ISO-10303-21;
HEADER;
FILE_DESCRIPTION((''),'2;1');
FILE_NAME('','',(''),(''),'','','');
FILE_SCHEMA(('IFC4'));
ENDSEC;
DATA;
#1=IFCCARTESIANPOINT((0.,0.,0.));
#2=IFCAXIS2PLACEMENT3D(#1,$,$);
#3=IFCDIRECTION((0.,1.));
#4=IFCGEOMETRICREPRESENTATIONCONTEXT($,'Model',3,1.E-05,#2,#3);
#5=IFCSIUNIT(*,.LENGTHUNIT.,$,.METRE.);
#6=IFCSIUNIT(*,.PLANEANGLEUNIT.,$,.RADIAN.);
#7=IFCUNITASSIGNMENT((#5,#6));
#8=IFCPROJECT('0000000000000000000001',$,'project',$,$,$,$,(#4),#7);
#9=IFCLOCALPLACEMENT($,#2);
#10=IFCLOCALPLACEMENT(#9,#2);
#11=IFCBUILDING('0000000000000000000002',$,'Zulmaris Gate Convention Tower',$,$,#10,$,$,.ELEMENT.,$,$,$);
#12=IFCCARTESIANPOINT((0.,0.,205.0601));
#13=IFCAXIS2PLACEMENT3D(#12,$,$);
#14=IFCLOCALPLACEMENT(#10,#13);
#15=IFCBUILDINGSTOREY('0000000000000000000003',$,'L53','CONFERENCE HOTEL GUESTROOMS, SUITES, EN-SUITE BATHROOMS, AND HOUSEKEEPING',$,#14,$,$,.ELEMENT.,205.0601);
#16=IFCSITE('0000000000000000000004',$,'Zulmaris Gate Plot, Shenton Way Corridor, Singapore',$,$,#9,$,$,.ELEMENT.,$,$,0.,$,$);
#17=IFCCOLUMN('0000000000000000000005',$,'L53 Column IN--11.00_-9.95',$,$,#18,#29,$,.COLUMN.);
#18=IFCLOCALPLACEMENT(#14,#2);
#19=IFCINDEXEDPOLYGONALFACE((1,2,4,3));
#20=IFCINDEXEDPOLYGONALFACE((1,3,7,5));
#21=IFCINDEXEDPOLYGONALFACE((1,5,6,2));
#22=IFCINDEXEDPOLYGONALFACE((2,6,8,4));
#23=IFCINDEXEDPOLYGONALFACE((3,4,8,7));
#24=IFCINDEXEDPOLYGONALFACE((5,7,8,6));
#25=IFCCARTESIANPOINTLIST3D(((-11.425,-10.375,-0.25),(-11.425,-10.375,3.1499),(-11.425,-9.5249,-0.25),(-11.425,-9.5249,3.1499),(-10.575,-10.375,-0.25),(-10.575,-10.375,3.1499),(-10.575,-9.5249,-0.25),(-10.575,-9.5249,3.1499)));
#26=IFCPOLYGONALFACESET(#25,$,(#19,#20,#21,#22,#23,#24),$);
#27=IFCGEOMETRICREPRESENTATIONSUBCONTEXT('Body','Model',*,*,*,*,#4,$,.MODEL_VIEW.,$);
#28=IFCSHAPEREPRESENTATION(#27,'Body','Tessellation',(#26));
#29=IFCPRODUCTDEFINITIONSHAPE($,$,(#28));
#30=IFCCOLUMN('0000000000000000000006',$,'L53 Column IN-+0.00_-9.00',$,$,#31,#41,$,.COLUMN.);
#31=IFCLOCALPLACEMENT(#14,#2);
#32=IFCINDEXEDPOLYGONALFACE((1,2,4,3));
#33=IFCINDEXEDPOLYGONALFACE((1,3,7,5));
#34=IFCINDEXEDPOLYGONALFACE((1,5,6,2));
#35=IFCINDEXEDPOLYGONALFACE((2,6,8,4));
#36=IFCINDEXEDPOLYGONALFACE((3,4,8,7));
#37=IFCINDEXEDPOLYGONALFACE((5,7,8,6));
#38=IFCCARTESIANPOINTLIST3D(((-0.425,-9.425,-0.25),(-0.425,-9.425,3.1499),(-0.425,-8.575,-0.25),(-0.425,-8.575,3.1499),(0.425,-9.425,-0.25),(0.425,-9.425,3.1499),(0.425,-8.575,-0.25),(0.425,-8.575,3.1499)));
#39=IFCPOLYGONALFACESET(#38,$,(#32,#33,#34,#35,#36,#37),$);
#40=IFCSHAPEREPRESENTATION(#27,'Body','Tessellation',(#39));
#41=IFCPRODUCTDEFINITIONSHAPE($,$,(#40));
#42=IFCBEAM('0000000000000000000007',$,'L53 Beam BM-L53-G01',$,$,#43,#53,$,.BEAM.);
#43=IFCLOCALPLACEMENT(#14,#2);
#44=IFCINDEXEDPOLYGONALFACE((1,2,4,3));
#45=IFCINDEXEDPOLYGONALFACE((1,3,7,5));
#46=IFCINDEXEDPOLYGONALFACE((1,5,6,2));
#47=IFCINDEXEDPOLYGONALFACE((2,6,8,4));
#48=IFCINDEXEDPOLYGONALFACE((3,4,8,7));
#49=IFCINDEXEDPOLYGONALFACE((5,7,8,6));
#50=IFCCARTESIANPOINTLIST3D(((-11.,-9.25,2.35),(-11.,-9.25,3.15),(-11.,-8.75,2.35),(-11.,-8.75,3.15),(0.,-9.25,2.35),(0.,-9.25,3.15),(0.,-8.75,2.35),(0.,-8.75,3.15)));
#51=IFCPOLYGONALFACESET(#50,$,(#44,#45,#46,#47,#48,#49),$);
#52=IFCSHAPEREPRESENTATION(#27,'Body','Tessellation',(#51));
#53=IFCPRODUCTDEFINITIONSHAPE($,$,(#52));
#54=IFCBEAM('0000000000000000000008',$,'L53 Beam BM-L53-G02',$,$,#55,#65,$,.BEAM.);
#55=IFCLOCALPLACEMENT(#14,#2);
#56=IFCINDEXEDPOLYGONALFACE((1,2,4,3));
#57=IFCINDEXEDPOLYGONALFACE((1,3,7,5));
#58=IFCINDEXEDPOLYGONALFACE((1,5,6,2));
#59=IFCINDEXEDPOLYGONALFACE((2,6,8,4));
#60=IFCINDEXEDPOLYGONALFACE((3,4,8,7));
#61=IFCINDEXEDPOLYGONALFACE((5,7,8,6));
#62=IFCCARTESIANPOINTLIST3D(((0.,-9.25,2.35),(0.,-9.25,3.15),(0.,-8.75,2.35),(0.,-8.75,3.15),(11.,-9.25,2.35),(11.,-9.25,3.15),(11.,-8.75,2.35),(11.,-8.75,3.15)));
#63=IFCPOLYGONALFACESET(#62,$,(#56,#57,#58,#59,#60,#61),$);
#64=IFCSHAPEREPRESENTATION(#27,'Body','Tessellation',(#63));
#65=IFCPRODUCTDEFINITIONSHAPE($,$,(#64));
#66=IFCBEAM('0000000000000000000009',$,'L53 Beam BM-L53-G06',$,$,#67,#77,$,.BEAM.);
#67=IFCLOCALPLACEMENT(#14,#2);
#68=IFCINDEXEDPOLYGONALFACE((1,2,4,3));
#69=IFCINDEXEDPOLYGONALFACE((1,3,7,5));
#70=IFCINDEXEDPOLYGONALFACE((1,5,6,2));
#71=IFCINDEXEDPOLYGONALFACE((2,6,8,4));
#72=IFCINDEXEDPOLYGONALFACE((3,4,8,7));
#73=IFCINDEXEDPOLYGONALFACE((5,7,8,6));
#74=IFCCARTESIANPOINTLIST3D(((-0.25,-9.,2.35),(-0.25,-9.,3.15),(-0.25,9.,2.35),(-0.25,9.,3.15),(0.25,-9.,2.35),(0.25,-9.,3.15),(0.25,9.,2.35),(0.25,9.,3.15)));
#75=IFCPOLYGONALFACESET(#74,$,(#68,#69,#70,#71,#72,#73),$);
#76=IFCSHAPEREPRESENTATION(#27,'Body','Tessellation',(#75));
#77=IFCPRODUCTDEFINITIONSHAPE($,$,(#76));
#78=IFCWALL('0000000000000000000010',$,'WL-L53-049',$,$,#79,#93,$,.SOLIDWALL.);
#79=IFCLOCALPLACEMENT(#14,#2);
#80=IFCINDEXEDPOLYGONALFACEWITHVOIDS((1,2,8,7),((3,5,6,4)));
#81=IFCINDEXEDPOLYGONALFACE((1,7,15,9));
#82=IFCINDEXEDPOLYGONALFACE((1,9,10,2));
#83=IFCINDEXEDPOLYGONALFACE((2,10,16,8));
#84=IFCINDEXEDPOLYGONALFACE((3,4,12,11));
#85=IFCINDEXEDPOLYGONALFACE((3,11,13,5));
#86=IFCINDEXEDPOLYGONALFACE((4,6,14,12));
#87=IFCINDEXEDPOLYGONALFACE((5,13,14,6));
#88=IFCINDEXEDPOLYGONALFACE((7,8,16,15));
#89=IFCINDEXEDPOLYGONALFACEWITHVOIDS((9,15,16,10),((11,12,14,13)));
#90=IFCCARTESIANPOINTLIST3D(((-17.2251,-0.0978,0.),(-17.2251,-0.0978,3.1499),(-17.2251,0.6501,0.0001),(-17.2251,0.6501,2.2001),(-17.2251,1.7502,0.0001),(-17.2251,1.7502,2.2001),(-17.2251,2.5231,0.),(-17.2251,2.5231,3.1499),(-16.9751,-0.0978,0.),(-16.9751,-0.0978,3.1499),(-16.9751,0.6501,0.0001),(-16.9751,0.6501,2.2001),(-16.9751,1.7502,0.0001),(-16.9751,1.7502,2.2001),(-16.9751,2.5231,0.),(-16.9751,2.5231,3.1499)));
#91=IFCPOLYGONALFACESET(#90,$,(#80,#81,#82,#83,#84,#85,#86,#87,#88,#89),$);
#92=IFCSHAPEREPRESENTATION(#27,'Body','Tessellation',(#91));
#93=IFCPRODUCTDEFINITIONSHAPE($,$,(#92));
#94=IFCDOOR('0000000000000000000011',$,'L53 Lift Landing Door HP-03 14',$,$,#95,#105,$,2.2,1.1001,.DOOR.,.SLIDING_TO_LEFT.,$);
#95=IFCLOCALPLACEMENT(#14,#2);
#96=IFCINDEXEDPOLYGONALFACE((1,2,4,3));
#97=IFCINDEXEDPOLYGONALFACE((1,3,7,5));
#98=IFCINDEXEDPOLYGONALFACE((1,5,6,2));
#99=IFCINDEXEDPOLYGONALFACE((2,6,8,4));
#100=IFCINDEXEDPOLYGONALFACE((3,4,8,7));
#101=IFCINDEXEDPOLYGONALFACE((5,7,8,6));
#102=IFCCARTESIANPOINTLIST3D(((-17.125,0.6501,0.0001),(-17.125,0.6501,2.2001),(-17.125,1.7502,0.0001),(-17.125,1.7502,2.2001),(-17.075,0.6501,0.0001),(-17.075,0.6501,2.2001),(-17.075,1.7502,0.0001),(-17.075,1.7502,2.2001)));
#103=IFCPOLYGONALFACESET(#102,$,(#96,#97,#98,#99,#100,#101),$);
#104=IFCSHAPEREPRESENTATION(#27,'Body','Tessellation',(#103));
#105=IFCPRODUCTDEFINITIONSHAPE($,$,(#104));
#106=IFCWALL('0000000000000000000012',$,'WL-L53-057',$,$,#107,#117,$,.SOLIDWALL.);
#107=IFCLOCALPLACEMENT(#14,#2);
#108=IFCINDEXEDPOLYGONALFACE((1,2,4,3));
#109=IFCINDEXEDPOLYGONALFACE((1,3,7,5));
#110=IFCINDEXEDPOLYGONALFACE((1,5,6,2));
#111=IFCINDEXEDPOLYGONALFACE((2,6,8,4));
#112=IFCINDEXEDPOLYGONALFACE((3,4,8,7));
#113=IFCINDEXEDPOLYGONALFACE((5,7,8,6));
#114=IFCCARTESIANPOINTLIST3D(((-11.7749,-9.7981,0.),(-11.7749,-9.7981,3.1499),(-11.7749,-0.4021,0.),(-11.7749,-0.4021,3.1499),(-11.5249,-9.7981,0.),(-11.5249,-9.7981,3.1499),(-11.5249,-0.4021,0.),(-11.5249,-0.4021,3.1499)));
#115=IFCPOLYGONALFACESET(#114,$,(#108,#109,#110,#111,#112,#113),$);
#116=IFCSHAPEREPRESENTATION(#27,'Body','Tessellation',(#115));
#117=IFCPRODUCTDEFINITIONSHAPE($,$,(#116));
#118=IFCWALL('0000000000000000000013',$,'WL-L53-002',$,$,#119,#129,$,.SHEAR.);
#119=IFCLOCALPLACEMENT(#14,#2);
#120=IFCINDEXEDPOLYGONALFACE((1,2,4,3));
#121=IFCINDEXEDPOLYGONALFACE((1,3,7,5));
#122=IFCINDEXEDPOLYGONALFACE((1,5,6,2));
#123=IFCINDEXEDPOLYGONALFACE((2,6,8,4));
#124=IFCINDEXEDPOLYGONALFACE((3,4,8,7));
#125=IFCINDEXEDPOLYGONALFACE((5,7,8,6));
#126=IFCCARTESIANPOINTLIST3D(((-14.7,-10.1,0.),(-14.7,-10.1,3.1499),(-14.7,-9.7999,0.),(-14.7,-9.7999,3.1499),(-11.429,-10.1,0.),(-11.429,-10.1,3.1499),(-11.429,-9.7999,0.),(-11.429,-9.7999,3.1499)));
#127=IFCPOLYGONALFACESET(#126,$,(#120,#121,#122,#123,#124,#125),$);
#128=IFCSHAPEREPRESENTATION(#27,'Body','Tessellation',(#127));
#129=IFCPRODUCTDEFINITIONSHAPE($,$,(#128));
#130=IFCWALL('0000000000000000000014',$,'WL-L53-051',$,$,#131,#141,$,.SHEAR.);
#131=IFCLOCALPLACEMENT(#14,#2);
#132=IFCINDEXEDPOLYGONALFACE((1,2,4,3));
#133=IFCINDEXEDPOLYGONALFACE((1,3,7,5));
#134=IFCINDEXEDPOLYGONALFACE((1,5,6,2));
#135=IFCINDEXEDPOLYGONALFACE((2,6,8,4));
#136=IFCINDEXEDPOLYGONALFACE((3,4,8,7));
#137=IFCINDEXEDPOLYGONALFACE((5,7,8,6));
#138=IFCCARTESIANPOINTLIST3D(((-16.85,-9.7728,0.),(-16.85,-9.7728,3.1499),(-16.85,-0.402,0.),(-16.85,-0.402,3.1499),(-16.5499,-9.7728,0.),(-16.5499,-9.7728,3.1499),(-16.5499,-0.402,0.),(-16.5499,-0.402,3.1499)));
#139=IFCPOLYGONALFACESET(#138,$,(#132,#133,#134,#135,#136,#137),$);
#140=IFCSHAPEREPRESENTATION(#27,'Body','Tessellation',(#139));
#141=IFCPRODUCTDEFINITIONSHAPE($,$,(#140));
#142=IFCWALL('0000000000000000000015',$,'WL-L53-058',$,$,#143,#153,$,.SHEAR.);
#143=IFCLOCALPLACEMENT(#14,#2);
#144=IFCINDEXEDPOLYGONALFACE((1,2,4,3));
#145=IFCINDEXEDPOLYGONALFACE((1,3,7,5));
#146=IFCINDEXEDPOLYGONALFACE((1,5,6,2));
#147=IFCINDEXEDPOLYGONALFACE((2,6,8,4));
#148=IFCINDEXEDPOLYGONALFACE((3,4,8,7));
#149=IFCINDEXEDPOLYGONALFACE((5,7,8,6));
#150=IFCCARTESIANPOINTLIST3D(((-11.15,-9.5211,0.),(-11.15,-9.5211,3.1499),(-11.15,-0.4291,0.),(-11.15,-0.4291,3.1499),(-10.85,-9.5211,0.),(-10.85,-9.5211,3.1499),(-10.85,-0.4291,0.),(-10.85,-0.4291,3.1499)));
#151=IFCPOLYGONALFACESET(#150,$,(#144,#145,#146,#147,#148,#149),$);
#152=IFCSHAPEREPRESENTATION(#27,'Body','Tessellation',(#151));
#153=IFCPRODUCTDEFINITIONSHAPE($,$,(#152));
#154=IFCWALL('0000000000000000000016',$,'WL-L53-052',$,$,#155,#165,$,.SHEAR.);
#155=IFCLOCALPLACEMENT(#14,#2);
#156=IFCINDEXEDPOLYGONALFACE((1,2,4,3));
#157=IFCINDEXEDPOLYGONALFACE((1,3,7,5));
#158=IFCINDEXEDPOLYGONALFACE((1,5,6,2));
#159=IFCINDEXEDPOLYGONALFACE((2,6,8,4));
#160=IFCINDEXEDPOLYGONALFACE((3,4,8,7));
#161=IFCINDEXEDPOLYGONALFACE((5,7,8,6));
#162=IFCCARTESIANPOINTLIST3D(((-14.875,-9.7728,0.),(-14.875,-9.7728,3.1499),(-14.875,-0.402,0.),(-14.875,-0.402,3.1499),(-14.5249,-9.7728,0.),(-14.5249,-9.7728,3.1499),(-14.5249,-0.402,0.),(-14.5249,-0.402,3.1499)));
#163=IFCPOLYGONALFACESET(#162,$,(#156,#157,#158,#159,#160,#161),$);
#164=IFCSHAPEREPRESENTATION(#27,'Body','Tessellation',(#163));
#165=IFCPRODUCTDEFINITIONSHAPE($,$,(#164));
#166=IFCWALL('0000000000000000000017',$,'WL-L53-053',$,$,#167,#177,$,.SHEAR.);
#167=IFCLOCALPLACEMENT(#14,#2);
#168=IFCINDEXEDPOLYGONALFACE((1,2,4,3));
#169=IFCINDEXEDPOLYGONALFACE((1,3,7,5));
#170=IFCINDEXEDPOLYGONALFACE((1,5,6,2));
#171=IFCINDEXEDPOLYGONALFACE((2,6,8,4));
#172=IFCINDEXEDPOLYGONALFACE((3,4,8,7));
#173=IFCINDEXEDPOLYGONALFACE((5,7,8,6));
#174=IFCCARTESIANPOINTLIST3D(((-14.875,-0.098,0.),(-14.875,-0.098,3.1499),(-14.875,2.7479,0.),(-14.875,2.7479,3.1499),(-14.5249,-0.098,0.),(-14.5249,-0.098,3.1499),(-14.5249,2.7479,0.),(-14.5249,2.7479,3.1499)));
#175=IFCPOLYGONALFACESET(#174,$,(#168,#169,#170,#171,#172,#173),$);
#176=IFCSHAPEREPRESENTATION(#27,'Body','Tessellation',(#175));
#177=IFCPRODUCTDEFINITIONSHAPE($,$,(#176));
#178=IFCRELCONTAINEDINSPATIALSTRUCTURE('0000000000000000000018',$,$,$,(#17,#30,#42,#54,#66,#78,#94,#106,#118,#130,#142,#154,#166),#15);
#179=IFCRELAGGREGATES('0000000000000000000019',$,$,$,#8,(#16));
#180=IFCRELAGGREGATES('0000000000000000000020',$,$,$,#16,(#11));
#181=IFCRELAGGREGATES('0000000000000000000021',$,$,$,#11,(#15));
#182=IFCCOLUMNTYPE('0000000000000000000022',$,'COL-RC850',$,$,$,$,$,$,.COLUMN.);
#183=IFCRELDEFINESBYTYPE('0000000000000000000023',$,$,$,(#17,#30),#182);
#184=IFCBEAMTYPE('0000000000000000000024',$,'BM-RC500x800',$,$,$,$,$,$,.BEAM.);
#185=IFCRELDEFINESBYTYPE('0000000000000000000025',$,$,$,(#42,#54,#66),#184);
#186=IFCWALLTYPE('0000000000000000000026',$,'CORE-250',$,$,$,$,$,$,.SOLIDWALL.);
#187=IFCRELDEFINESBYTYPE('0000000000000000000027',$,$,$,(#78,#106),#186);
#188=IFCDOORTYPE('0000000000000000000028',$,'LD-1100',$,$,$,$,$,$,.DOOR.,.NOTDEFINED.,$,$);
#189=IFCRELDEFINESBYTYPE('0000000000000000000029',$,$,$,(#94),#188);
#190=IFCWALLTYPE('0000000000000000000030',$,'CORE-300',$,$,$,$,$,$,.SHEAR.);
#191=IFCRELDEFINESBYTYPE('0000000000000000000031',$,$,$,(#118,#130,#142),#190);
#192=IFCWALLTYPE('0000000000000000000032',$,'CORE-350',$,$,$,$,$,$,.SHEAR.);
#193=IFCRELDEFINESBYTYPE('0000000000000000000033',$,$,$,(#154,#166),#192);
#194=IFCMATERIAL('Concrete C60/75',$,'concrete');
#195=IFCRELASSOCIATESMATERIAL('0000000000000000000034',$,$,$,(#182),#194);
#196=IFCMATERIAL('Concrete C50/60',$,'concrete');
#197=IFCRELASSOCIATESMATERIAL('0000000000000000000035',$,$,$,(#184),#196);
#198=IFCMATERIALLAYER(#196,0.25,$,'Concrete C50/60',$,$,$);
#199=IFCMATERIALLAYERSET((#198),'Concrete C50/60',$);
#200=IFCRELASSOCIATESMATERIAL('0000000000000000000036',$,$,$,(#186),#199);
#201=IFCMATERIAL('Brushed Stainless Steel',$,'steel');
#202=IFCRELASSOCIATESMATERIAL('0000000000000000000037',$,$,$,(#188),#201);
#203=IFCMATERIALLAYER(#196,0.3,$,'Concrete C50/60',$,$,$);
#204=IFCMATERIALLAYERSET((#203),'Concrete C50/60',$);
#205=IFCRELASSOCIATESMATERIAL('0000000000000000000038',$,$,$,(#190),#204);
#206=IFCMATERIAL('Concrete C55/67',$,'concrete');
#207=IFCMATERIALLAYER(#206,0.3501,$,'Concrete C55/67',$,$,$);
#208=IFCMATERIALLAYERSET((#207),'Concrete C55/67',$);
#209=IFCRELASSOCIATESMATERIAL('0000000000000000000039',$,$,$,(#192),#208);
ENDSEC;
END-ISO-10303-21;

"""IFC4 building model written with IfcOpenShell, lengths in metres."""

from ifc_helpers import new_model, si_unit, direction, frame, frame_2d, origin, origin_2d, place, context, subcontext, project, spatial, rectangle, extrude, material, layer, layer_set, material_profile, profile_set, type_object, element, fill, save


model = new_model("IFC4")

# Units and contexts
model_context = context("Model", 3, precision=1e-05, world=origin(), true_north=direction((0.0, 1.0)))
body_context = subcontext(model_context, "Body", "Model", "MODEL_VIEW")
ifc_project = project(units=[si_unit("LENGTHUNIT", "METRE"), si_unit("PLANEANGLEUNIT", "RADIAN")], contexts=[model_context])

# Site, building, storey
site_placement = place(None, origin())
site = spatial("IfcSite", under=ifc_project, at=site_placement, Name="Zulmaris Gate Plot, Shenton Way Corridor, Singapore", CompositionType="ELEMENT", RefElevation=0.0)
building_placement = place(site_placement, origin())
building = spatial("IfcBuilding", under=site, at=building_placement, Name="Zulmaris Gate Convention Tower", CompositionType="ELEMENT")
storey_placement = place(building_placement, frame((0.0, 0.0, 205.0601)))
storey = spatial("IfcBuildingStorey", under=building, at=storey_placement, Name="L53", Description="CONFERENCE HOTEL GUESTROOMS, SUITES, EN-SUITE BATHROOMS, AND HOUSEKEEPING", CompositionType="ELEMENT", Elevation=205.0601)

# Columns
ifc_material_1 = material(Name="Concrete C60/75", Category="concrete")
ifc_material_profile_1 = material_profile(ifc_material_1, rectangle(XDim=0.8501, YDim=0.8501, at=origin_2d()), Name="RC COL 850x850")
ifc_profile_set_1 = profile_set([ifc_material_profile_1], Name="Concrete C60/75")
column_type = type_object("IfcColumnType", Name="COL-RC850", PredefinedType="COLUMN", material=ifc_profile_set_1)
for number, where, z_axis, x_axis, name in (
    (1, (-11.0, -9.95, -0.25), (0.0, 0.0, 1.0), (1.0, 0.0, 0.0), "L53 Column IN--11.00_-9.95"),
    (2, (0.0, -9.0, -0.25), (0.0, 0.0, 1.0), (1.0, 0.0, 0.0), "L53 Column IN-+0.00_-9.00"),
):
    element("IfcColumn", number, at=place(storey_placement, frame(where, z_axis=z_axis, x_axis=x_axis)), inside=storey, type_object=column_type, Name=name, PredefinedType="COLUMN", context=body_context, shape_type="SweptSolid", body=[
        extrude(rectangle(XDim=0.8501, YDim=0.8501, at=origin_2d()), origin(), (0.0, 0.0, 1.0), 3.3999),
    ])

# Beams
ifc_material_2 = material(Name="Concrete C50/60", Category="concrete")
ifc_material_profile_2 = material_profile(ifc_material_2, rectangle(XDim=0.5, YDim=0.8, at=origin_2d()), Name="RC BEAM 500x800")
ifc_profile_set_2 = profile_set([ifc_material_profile_2], Name="Concrete C50/60")
beam_type = type_object("IfcBeamType", Name="BM-RC500x800", PredefinedType="BEAM", material=ifc_profile_set_2)
for number, where, z_axis, x_axis, name in (
    (3, (-11.0, -9.0, 2.75), (1.0, 0.0, 0.0), (0.0, 1.0, 0.0), "L53 Beam BM-L53-G01"),
    (4, (0.0, -9.0, 2.75), (1.0, 0.0, 0.0), (0.0, 1.0, 0.0), "L53 Beam BM-L53-G02"),
):
    element("IfcBeam", number, at=place(storey_placement, frame(where, z_axis=z_axis, x_axis=x_axis)), inside=storey, type_object=beam_type, Name=name, PredefinedType="BEAM", context=body_context, shape_type="SweptSolid", body=[
        extrude(rectangle(XDim=0.5, YDim=0.8, at=origin_2d()), origin(), (0.0, 0.0, 1.0), 11.0),
    ])
beam_placement = place(storey_placement, frame((0.0, -9.0, 2.75), z_axis=(0.0, 1.0, 0.0), x_axis=(-1.0, 0.0, 0.0)))
element("IfcBeam", 5, at=beam_placement, inside=storey, type_object=beam_type, Name="L53 Beam BM-L53-G06", PredefinedType="BEAM", context=body_context, shape_type="SweptSolid", body=[
    extrude(rectangle(XDim=0.5, YDim=0.8, at=origin_2d()), origin(), (0.0, 0.0, 1.0), 18.0),
])

# Wall, opening, door
ifc_layer_1 = layer(ifc_material_2, 0.25, Name="Concrete C50/60")
ifc_layer_set_1 = layer_set([ifc_layer_1], Name="Concrete C50/60")
wall_type_1 = type_object("IfcWallType", Name="CORE-250", PredefinedType="SOLIDWALL", material=ifc_layer_set_1)
wall_1_placement = place(storey_placement, frame((-17.1001, -0.0979, 0.0), z_axis=(0.0, 0.0, 1.0), x_axis=(0.0, 1.0, 0.0)))
wall_1 = element("IfcWall", 6, at=wall_1_placement, inside=storey, type_object=wall_type_1, Name="WL-L53-049", PredefinedType="SOLIDWALL", context=body_context, shape_type="SweptSolid", body=[
    extrude(rectangle(XDim=2.6208, YDim=0.25, at=frame_2d((1.3105, 0.0))), origin(), (0.0, 0.0, 1.0), 3.1499),
])
opening_1_placement = place(wall_1_placement, frame((0.748, 0.0, 0.0)))
opening_1 = element("IfcOpeningElement", 7, at=opening_1_placement, cuts=wall_1, PredefinedType="OPENING", context=body_context, shape_type="SweptSolid", body=[
    extrude(rectangle(XDim=1.1001, YDim=2.2, at=frame_2d((0.55, 1.1001))), frame((0.0, 0.135, 0.0), z_axis=(0.0, -1.0, 0.0), x_axis=(1.0, 0.0, 0.0)), (0.0, 0.0, 1.0), 0.27),
])
ifc_material_3 = material(Name="Brushed Stainless Steel", Category="steel")
door_type_1 = type_object("IfcDoorType", Name="LD-1100", OperationType="NOTDEFINED", PredefinedType="DOOR", material=ifc_material_3)
door_1_placement = place(opening_1_placement, origin())
door_1 = element("IfcDoor", 8, at=door_1_placement, inside=storey, type_object=door_type_1, Name="L53 Lift Landing Door HP-03 14", OperationType="SLIDING_TO_LEFT", OverallHeight=2.2, OverallWidth=1.1001, PredefinedType="DOOR", context=body_context, shape_type="SweptSolid", body=[
    extrude(rectangle(XDim=1.1001, YDim=2.2, at=frame_2d((0.55, 1.1001))), frame((0.0, 0.0249, 0.0), z_axis=(0.0, -1.0, 0.0), x_axis=(1.0, 0.0, 0.0)), (0.0, 0.0, 1.0), 0.05),
])
fill(opening_1, door_1)

# Walls
wall_2_placement = place(storey_placement, frame((-11.6499, -9.7981, 0.0), z_axis=(0.0, 0.0, 1.0), x_axis=(0.0, 1.0, 0.0)))
element("IfcWall", 9, at=wall_2_placement, inside=storey, type_object=wall_type_1, Name="WL-L53-057", PredefinedType="SOLIDWALL", context=body_context, shape_type="SweptSolid", body=[
    extrude(rectangle(XDim=9.396, YDim=0.25, at=frame_2d((4.698, 0.0))), origin(), (0.0, 0.0, 1.0), 3.1499),
])
ifc_layer_2 = layer(ifc_material_2, 0.3, Name="Concrete C50/60")
ifc_layer_set_2 = layer_set([ifc_layer_2], Name="Concrete C50/60")
wall_type_2 = type_object("IfcWallType", Name="CORE-300", PredefinedType="SHEAR", material=ifc_layer_set_2)
wall_3_placement = place(storey_placement, frame((-14.7, -9.95, 0.0), z_axis=(0.0, 0.0, 1.0), x_axis=(1.0, 0.0, 0.0)))
element("IfcWall", 10, at=wall_3_placement, inside=storey, type_object=wall_type_2, Name="WL-L53-002", PredefinedType="SHEAR", context=body_context, shape_type="SweptSolid", body=[
    extrude(rectangle(XDim=3.271, YDim=0.3, at=frame_2d((1.6355, 0.0))), origin(), (0.0, 0.0, 1.0), 3.1499),
])
wall_4_placement = place(storey_placement, frame((-16.7, -9.7729, 0.0), z_axis=(0.0, 0.0, 1.0), x_axis=(0.0, 1.0, 0.0)))
element("IfcWall", 11, at=wall_4_placement, inside=storey, type_object=wall_type_2, Name="WL-L53-051", PredefinedType="SHEAR", context=body_context, shape_type="SweptSolid", body=[
    extrude(rectangle(XDim=9.3708, YDim=0.3, at=frame_2d((4.6855, 0.0))), origin(), (0.0, 0.0, 1.0), 3.1499),
])
wall_5_placement = place(storey_placement, frame((-11.0, -9.521, 0.0), z_axis=(0.0, 0.0, 1.0), x_axis=(0.0, 1.0, 0.0)))
element("IfcWall", 12, at=wall_5_placement, inside=storey, type_object=wall_type_2, Name="WL-L53-058", PredefinedType="SHEAR", context=body_context, shape_type="SweptSolid", body=[
    extrude(rectangle(XDim=9.092, YDim=0.3, at=frame_2d((4.5459, 0.0))), origin(), (0.0, 0.0, 1.0), 3.1499),
])
ifc_material_4 = material(Name="Concrete C55/67", Category="concrete")
ifc_layer_3 = layer(ifc_material_4, 0.3501, Name="Concrete C55/67")
ifc_layer_set_3 = layer_set([ifc_layer_3], Name="Concrete C55/67")
wall_type_3 = type_object("IfcWallType", Name="CORE-350", PredefinedType="SHEAR", material=ifc_layer_set_3)
wall_6_placement = place(storey_placement, frame((-14.7, -9.7729, 0.0), z_axis=(0.0, 0.0, 1.0), x_axis=(0.0, 1.0, 0.0)))
element("IfcWall", 13, at=wall_6_placement, inside=storey, type_object=wall_type_3, Name="WL-L53-052", PredefinedType="SHEAR", context=body_context, shape_type="SweptSolid", body=[
    extrude(rectangle(XDim=9.3708, YDim=0.3501, at=frame_2d((4.6855, 0.0))), origin(), (0.0, 0.0, 1.0), 3.1499),
])
wall_7_placement = place(storey_placement, frame((-14.7, -0.0979, 0.0), z_axis=(0.0, 0.0, 1.0), x_axis=(0.0, 1.0, 0.0)))
element("IfcWall", 14, at=wall_7_placement, inside=storey, type_object=wall_type_3, Name="WL-L53-053", PredefinedType="SHEAR", context=body_context, shape_type="SweptSolid", body=[
    extrude(rectangle(XDim=2.8459, YDim=0.3501, at=frame_2d((1.4229, 0.0))), origin(), (0.0, 0.0, 1.0), 3.1499),
])

save(model, "model.ifc")
